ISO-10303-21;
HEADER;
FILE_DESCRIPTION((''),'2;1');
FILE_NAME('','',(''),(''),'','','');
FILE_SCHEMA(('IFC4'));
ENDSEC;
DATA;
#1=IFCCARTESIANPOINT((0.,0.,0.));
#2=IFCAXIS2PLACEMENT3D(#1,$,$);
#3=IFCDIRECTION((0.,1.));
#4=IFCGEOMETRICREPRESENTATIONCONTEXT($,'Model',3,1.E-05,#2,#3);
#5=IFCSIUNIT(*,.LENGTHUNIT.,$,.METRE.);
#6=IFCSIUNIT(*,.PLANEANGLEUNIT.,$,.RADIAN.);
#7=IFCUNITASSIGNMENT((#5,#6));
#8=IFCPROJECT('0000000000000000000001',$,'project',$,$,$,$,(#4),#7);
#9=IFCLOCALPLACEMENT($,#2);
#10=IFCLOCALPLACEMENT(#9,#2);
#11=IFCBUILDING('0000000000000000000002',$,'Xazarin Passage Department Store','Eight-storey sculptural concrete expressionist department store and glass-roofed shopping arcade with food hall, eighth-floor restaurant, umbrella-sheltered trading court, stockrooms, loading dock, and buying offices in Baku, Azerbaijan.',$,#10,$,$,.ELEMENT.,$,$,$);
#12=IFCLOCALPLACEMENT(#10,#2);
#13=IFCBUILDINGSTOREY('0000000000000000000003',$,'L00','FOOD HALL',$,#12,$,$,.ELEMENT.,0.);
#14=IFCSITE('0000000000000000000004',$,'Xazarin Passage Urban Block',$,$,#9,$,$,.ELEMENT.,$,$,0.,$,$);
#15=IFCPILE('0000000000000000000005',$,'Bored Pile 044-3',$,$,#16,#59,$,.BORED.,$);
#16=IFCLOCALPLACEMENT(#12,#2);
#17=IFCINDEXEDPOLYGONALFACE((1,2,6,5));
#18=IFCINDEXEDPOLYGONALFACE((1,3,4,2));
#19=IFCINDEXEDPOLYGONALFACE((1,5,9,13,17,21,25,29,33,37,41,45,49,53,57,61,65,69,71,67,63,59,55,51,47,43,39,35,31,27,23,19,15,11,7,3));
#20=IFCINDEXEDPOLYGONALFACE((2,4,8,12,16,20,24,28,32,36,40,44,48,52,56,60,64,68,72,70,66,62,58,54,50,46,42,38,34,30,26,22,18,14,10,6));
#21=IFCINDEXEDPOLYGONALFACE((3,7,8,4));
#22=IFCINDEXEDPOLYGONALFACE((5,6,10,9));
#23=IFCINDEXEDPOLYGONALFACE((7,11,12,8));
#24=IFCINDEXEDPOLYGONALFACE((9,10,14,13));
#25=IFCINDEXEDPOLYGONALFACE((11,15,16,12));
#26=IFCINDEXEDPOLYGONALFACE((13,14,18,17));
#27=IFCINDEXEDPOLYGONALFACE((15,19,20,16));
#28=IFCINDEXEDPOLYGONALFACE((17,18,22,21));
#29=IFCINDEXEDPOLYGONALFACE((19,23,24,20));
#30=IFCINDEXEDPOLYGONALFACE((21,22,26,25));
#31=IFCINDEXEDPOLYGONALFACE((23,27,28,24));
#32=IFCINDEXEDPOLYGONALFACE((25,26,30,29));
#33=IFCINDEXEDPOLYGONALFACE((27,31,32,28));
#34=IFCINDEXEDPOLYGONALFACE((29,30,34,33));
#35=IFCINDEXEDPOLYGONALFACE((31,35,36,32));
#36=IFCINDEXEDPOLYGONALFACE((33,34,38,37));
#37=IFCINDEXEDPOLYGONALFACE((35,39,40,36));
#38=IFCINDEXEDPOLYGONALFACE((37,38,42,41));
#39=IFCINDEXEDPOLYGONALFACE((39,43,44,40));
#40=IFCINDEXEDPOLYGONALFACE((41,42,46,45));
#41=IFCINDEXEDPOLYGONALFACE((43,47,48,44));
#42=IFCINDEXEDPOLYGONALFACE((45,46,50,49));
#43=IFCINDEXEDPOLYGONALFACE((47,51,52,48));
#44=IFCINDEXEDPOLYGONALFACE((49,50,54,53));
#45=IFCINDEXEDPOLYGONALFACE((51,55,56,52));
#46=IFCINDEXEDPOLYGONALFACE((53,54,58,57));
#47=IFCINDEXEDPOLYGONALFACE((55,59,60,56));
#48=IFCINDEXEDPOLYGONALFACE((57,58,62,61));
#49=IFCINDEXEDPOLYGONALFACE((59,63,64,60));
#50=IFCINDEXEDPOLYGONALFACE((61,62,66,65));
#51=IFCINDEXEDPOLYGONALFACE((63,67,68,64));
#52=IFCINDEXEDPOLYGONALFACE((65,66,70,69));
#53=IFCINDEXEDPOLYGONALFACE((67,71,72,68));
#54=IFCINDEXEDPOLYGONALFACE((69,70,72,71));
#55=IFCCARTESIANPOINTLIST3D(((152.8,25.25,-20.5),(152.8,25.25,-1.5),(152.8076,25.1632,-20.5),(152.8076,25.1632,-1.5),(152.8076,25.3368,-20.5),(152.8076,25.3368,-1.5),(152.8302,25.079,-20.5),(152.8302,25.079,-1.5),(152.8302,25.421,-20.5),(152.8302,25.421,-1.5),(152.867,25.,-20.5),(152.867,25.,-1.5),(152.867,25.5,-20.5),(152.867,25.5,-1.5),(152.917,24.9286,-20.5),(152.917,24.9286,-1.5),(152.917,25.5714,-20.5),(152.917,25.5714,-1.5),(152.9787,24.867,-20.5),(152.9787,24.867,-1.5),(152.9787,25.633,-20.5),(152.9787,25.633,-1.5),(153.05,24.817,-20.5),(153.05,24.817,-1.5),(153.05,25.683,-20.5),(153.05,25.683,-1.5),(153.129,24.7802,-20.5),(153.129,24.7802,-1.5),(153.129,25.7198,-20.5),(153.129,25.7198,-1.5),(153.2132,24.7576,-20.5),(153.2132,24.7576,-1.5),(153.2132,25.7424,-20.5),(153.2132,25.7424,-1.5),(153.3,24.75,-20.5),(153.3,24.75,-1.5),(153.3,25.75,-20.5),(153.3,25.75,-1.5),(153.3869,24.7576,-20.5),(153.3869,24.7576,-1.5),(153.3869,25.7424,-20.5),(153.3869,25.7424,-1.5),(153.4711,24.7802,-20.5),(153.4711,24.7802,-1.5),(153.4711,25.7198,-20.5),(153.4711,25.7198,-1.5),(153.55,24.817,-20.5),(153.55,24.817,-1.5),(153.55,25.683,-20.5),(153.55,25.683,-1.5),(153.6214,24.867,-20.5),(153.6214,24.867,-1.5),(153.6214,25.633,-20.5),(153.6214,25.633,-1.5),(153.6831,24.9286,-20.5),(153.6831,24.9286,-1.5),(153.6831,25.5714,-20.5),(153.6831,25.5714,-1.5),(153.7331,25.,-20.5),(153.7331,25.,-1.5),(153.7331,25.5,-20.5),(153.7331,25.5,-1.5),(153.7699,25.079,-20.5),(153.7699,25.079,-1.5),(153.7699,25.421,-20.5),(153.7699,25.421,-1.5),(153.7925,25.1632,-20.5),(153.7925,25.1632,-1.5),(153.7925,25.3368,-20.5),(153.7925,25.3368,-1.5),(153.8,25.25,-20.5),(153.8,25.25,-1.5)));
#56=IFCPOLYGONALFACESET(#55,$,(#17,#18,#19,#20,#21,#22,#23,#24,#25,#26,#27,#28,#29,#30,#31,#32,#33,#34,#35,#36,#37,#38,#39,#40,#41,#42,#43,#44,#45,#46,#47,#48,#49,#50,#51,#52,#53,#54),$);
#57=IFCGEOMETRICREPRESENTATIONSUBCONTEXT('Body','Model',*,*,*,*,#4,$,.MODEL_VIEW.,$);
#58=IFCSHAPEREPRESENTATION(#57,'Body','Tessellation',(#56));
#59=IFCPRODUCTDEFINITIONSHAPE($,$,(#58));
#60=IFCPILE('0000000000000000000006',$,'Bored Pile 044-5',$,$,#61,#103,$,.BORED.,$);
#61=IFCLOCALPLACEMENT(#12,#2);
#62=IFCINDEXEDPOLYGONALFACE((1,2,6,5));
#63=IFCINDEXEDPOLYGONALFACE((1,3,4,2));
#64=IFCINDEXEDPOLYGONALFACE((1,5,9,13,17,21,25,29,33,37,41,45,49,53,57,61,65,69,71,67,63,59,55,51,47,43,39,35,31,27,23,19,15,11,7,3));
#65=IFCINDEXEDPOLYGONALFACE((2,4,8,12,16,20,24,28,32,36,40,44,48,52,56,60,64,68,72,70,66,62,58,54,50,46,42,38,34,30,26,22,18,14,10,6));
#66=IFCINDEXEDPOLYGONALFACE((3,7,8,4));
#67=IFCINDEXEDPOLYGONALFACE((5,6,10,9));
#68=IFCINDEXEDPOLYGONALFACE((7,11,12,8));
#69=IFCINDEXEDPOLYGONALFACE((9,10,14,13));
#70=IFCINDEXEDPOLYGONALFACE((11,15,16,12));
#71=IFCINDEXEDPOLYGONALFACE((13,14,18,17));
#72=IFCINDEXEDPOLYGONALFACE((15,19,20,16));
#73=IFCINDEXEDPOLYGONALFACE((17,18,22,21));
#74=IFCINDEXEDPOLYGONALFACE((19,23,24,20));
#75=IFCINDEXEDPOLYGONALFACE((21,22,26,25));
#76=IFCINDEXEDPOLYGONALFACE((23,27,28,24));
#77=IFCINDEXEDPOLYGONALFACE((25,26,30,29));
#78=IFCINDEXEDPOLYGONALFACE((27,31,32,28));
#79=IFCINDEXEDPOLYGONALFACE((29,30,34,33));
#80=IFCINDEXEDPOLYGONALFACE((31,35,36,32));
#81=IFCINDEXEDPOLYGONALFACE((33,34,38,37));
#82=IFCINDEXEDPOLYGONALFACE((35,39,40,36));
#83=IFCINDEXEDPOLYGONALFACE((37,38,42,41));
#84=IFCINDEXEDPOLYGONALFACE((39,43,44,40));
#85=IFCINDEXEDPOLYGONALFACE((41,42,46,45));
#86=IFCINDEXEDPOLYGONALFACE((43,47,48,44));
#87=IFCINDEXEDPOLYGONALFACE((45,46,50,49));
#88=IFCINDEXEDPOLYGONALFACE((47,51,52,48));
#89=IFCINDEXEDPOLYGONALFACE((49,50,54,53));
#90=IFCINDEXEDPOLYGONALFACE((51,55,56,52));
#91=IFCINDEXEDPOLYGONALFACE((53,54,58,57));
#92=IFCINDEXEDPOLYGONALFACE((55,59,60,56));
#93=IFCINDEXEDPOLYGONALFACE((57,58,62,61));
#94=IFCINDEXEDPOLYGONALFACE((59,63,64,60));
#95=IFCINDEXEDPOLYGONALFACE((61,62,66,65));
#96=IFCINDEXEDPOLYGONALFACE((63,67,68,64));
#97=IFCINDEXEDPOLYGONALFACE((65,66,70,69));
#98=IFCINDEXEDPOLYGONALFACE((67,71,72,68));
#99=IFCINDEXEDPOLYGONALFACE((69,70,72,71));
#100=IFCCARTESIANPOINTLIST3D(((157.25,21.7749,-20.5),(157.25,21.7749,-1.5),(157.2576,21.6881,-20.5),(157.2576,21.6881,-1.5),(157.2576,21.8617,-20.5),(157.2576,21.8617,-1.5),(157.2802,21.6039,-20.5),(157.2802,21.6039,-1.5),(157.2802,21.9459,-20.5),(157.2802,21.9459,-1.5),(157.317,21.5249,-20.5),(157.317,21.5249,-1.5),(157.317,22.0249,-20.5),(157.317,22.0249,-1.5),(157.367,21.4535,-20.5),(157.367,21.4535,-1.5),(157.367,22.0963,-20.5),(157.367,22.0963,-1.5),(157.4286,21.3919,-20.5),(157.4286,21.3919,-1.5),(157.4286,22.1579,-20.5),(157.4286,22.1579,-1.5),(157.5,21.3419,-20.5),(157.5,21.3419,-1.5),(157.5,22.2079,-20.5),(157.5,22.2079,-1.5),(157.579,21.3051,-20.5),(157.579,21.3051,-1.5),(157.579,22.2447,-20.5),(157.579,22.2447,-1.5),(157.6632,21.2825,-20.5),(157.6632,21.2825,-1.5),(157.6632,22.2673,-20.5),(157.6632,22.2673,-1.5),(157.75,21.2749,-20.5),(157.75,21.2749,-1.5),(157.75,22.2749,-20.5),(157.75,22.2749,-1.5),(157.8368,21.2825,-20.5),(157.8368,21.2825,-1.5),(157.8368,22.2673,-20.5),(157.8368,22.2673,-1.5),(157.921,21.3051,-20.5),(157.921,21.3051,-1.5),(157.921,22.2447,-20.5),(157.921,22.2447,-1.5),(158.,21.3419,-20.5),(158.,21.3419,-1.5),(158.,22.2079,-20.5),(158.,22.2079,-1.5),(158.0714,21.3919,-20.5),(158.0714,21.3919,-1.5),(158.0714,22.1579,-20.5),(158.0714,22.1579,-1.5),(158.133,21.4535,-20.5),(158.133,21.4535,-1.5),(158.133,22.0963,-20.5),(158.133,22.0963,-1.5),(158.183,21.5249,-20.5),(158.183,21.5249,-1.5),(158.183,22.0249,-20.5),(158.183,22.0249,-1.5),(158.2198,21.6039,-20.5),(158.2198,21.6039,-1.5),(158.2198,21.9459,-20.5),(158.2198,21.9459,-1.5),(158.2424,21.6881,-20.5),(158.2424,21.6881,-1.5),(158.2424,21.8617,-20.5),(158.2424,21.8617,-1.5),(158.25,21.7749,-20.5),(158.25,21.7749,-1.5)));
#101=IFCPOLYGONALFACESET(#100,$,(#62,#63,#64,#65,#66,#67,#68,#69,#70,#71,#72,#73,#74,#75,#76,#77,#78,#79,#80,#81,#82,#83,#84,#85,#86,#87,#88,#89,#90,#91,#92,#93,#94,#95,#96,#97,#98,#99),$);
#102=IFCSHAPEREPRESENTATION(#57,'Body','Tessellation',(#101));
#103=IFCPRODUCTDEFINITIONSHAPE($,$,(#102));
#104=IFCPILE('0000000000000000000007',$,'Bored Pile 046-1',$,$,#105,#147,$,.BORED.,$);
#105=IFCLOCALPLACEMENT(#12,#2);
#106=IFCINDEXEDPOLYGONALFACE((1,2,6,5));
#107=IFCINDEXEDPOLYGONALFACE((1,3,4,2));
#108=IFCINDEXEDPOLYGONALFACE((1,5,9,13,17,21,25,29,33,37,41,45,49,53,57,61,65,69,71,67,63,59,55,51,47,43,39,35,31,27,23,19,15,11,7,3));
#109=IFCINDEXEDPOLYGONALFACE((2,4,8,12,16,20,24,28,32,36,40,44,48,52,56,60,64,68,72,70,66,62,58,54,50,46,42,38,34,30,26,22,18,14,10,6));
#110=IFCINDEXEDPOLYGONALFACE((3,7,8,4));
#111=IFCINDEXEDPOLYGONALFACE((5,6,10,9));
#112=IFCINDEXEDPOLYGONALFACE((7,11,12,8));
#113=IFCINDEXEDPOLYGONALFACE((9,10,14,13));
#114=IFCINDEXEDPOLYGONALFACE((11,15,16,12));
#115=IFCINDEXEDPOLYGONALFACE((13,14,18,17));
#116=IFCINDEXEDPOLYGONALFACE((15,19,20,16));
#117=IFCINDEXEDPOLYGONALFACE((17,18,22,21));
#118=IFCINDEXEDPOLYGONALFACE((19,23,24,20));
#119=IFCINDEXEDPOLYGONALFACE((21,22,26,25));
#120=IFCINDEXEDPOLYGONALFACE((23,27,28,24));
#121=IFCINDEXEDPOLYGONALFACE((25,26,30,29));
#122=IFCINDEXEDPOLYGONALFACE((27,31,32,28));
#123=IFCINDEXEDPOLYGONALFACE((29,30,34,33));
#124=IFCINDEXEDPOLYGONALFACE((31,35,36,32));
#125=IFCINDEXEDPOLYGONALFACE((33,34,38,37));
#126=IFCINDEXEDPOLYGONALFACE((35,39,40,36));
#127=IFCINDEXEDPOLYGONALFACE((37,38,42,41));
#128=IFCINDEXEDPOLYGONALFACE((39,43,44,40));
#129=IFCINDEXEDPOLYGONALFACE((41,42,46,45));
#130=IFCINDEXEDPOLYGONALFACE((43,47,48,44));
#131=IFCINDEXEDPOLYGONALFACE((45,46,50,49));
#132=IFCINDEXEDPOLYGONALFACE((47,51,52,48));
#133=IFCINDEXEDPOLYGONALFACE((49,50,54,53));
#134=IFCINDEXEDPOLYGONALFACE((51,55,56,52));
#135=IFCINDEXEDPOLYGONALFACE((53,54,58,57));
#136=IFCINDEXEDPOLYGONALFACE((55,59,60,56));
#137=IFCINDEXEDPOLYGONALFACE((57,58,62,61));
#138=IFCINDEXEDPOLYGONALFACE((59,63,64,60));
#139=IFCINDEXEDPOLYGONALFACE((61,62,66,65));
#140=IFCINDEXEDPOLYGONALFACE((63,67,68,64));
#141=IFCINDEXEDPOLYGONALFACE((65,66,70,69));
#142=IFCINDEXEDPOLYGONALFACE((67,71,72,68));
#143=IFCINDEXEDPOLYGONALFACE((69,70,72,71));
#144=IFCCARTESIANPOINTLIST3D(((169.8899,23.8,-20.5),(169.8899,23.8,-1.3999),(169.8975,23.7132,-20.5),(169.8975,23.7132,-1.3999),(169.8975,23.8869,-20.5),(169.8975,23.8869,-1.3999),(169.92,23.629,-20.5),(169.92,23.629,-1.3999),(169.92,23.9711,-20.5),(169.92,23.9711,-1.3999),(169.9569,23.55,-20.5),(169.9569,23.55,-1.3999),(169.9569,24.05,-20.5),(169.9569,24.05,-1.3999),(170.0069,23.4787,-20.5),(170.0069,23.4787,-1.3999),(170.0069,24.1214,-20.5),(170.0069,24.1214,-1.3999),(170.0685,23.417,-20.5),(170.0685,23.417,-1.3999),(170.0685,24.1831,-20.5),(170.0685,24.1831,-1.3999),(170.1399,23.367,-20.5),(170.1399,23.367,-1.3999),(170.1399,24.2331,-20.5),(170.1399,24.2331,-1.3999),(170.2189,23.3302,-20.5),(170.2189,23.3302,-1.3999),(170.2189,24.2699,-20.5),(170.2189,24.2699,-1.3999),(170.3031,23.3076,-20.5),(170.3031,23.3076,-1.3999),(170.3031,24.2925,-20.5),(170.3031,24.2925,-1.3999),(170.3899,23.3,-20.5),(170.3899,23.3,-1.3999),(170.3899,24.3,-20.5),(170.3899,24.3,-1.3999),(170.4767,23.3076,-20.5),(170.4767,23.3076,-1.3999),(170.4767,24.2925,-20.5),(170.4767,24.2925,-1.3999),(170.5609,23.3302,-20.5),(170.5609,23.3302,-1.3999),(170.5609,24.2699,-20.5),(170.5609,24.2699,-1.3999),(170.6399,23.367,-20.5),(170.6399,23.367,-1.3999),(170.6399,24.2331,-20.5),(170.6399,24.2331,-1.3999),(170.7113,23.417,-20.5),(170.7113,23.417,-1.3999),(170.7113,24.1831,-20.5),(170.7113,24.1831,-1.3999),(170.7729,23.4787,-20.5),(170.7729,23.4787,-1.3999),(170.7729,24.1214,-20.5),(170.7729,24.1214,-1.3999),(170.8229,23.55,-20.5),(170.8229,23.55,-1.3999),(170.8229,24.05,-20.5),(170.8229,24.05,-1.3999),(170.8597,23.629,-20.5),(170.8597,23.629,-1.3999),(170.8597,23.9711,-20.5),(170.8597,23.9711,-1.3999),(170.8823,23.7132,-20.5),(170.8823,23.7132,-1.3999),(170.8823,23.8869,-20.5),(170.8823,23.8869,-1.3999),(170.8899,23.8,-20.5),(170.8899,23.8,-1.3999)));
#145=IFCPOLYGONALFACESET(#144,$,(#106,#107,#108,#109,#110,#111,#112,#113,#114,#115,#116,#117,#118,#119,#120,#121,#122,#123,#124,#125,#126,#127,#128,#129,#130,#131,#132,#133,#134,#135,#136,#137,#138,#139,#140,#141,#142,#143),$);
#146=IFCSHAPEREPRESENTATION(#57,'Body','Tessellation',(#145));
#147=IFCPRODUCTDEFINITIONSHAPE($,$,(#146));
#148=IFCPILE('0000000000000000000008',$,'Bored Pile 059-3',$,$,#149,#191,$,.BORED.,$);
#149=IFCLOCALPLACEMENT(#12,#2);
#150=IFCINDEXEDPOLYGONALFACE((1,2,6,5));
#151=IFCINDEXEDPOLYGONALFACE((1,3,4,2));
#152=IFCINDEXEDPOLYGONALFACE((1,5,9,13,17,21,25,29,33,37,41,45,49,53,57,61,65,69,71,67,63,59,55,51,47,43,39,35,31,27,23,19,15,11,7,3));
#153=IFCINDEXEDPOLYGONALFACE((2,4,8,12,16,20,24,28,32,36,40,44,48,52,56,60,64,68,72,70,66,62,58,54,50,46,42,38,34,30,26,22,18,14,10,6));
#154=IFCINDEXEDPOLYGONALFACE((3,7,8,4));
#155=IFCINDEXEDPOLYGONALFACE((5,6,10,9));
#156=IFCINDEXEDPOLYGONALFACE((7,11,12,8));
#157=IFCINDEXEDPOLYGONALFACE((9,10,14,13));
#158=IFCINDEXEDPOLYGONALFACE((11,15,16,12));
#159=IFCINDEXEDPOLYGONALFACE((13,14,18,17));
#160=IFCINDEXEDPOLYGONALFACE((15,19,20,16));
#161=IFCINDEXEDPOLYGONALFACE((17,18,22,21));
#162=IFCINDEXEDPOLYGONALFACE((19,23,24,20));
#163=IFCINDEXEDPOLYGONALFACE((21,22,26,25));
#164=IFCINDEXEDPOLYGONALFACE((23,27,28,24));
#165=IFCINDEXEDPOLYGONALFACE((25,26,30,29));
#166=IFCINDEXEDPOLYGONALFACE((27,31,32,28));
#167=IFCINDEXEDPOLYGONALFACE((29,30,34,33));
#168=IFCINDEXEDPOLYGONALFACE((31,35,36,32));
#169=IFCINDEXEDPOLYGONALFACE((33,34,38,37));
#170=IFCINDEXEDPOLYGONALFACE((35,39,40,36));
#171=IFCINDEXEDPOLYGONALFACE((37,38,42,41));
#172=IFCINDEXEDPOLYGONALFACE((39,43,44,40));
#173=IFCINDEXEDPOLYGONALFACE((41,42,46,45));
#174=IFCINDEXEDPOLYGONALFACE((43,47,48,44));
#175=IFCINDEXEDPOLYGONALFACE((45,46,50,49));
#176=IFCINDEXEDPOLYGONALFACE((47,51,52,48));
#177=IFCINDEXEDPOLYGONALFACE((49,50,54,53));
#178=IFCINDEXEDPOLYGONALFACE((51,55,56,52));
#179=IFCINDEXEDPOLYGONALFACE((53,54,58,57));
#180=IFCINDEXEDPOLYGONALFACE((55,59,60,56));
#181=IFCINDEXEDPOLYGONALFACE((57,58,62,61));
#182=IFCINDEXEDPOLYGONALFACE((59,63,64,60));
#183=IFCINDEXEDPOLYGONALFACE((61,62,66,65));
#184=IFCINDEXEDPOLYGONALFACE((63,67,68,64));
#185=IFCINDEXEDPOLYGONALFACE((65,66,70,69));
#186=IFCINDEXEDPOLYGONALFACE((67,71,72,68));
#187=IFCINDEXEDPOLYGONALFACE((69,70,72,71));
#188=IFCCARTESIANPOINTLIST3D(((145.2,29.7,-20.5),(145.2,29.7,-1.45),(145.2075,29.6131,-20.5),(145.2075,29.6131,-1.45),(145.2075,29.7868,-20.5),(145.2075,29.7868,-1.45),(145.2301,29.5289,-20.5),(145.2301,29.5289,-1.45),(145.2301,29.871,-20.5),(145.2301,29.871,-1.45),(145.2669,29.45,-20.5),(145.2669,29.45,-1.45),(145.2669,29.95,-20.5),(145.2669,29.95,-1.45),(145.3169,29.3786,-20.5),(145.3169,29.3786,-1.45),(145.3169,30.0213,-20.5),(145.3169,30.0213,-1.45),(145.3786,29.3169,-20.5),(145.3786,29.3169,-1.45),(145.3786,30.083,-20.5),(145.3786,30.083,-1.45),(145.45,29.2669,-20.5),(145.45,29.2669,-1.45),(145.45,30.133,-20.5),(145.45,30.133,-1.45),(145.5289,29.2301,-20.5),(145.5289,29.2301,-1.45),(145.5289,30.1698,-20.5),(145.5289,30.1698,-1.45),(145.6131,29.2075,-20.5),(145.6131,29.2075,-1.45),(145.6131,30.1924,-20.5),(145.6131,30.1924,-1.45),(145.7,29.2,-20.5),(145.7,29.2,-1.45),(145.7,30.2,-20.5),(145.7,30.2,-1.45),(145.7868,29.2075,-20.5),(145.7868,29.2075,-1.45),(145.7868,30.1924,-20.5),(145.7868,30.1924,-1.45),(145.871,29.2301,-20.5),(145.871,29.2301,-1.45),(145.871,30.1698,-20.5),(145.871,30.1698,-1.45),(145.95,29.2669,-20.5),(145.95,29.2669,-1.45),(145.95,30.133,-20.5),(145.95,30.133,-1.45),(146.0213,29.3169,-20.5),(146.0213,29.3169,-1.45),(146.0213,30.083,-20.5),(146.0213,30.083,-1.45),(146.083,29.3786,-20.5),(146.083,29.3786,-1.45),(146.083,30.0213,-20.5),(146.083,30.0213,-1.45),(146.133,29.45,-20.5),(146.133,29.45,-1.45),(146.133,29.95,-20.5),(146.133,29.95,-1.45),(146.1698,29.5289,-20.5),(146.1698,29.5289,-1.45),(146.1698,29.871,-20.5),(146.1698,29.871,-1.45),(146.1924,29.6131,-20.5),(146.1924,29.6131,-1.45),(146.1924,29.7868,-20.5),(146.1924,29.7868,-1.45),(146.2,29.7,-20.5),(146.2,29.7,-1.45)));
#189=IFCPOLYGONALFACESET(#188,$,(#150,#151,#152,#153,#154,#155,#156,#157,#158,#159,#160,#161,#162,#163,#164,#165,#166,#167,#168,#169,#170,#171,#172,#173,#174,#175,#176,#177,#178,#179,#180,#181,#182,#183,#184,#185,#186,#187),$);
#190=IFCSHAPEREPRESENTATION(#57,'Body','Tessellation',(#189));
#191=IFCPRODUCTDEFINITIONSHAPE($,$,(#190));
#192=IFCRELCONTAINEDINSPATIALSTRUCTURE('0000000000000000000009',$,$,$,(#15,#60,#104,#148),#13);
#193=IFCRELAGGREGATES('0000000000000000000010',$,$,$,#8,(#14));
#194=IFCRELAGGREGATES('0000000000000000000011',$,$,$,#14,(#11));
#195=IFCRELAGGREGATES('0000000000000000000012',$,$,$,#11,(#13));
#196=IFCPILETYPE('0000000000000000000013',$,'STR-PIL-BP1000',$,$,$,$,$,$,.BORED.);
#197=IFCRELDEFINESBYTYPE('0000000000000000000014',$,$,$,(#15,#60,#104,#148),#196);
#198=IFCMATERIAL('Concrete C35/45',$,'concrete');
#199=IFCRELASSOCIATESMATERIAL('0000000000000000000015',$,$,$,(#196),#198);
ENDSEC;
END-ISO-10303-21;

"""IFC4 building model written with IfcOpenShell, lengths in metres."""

from ifc_helpers import new_model, si_unit, direction, frame, origin, origin_2d, place, context, subcontext, project, spatial, circle, extrude, material, material_profile, profile_set, type_object, element, save


model = new_model("IFC4")

# Units and contexts
model_context = context("Model", 3, precision=1e-05, world=origin(), true_north=direction((0.0, 1.0)))
body_context = subcontext(model_context, "Body", "Model", "MODEL_VIEW")
ifc_project = project(units=[si_unit("LENGTHUNIT", "METRE"), si_unit("PLANEANGLEUNIT", "RADIAN")], contexts=[model_context])

# Site, building, storey
site_placement = place(None, origin())
site = spatial("IfcSite", under=ifc_project, at=site_placement, Name="Xazarin Passage Urban Block", CompositionType="ELEMENT", RefElevation=0.0)
building_placement = place(site_placement, origin())
building = spatial("IfcBuilding", under=site, at=building_placement, Name="Xazarin Passage Department Store", Description="Eight-storey sculptural concrete expressionist department store and glass-roofed shopping arcade with food hall, eighth-floor restaurant, umbrella-sheltered trading court, stockrooms, loading dock, and buying offices in Baku, Azerbaijan.", CompositionType="ELEMENT")
storey_placement = place(building_placement, origin())
storey = spatial("IfcBuildingStorey", under=building, at=storey_placement, Name="L00", Description="FOOD HALL", CompositionType="ELEMENT", Elevation=0.0)

# Shared definitions
ifc_material_1 = material(Name="Concrete C35/45", Category="concrete")

# Piles
ifc_material_profile_1 = material_profile(ifc_material_1, circle(Radius=0.5, at=origin_2d()), Name="BP 1000")
ifc_profile_set_1 = profile_set([ifc_material_profile_1], Name="Concrete C35/45")
pile_type_1 = type_object("IfcPileType", Name="STR-PIL-BP1000", PredefinedType="BORED", material=ifc_profile_set_1)
for number, where, z_axis, x_axis, name in (
    (1, (153.3, 25.25, -1.5), (0.0, 0.0, -1.0), (1.0, 0.0, 0.0), "Bored Pile 044-3"),
    (2, (157.75, 21.7749, -1.5), (0.0, 0.0, -1.0), (1.0, 0.0, 0.0), "Bored Pile 044-5"),
):
    element("IfcPile", number, at=place(storey_placement, frame(where, z_axis=z_axis, x_axis=x_axis)), inside=storey, type_object=pile_type_1, Name=name, PredefinedType="BORED", context=body_context, shape_type="SweptSolid", body=[
        extrude(circle(Radius=0.5, at=origin_2d()), origin(), (0.0, 0.0, 1.0), 19.0),
    ])
pile_1_placement = place(storey_placement, frame((170.3899, 23.8, -1.3999), z_axis=(0.0, 0.0, -1.0), x_axis=(1.0, 0.0, 0.0)))
element("IfcPile", 3, at=pile_1_placement, inside=storey, type_object=pile_type_1, Name="Bored Pile 046-1", PredefinedType="BORED", context=body_context, shape_type="SweptSolid", body=[
    extrude(circle(Radius=0.5, at=origin_2d()), origin(), (0.0, 0.0, 1.0), 19.1001),
])
for number, where, z_axis, x_axis, name in (
    (4, (145.7, 29.7, -1.45), (0.0, 0.0, -1.0), (1.0, 0.0, 0.0), "Bored Pile 059-3"),
):
    element("IfcPile", number, at=place(storey_placement, frame(where, z_axis=z_axis, x_axis=x_axis)), inside=storey, type_object=pile_type_1, Name=name, PredefinedType="BORED", context=body_context, shape_type="SweptSolid", body=[
        extrude(circle(Radius=0.5, at=origin_2d()), origin(), (0.0, 0.0, 1.0), 19.05),
    ])

save(model, "model.ifc")
